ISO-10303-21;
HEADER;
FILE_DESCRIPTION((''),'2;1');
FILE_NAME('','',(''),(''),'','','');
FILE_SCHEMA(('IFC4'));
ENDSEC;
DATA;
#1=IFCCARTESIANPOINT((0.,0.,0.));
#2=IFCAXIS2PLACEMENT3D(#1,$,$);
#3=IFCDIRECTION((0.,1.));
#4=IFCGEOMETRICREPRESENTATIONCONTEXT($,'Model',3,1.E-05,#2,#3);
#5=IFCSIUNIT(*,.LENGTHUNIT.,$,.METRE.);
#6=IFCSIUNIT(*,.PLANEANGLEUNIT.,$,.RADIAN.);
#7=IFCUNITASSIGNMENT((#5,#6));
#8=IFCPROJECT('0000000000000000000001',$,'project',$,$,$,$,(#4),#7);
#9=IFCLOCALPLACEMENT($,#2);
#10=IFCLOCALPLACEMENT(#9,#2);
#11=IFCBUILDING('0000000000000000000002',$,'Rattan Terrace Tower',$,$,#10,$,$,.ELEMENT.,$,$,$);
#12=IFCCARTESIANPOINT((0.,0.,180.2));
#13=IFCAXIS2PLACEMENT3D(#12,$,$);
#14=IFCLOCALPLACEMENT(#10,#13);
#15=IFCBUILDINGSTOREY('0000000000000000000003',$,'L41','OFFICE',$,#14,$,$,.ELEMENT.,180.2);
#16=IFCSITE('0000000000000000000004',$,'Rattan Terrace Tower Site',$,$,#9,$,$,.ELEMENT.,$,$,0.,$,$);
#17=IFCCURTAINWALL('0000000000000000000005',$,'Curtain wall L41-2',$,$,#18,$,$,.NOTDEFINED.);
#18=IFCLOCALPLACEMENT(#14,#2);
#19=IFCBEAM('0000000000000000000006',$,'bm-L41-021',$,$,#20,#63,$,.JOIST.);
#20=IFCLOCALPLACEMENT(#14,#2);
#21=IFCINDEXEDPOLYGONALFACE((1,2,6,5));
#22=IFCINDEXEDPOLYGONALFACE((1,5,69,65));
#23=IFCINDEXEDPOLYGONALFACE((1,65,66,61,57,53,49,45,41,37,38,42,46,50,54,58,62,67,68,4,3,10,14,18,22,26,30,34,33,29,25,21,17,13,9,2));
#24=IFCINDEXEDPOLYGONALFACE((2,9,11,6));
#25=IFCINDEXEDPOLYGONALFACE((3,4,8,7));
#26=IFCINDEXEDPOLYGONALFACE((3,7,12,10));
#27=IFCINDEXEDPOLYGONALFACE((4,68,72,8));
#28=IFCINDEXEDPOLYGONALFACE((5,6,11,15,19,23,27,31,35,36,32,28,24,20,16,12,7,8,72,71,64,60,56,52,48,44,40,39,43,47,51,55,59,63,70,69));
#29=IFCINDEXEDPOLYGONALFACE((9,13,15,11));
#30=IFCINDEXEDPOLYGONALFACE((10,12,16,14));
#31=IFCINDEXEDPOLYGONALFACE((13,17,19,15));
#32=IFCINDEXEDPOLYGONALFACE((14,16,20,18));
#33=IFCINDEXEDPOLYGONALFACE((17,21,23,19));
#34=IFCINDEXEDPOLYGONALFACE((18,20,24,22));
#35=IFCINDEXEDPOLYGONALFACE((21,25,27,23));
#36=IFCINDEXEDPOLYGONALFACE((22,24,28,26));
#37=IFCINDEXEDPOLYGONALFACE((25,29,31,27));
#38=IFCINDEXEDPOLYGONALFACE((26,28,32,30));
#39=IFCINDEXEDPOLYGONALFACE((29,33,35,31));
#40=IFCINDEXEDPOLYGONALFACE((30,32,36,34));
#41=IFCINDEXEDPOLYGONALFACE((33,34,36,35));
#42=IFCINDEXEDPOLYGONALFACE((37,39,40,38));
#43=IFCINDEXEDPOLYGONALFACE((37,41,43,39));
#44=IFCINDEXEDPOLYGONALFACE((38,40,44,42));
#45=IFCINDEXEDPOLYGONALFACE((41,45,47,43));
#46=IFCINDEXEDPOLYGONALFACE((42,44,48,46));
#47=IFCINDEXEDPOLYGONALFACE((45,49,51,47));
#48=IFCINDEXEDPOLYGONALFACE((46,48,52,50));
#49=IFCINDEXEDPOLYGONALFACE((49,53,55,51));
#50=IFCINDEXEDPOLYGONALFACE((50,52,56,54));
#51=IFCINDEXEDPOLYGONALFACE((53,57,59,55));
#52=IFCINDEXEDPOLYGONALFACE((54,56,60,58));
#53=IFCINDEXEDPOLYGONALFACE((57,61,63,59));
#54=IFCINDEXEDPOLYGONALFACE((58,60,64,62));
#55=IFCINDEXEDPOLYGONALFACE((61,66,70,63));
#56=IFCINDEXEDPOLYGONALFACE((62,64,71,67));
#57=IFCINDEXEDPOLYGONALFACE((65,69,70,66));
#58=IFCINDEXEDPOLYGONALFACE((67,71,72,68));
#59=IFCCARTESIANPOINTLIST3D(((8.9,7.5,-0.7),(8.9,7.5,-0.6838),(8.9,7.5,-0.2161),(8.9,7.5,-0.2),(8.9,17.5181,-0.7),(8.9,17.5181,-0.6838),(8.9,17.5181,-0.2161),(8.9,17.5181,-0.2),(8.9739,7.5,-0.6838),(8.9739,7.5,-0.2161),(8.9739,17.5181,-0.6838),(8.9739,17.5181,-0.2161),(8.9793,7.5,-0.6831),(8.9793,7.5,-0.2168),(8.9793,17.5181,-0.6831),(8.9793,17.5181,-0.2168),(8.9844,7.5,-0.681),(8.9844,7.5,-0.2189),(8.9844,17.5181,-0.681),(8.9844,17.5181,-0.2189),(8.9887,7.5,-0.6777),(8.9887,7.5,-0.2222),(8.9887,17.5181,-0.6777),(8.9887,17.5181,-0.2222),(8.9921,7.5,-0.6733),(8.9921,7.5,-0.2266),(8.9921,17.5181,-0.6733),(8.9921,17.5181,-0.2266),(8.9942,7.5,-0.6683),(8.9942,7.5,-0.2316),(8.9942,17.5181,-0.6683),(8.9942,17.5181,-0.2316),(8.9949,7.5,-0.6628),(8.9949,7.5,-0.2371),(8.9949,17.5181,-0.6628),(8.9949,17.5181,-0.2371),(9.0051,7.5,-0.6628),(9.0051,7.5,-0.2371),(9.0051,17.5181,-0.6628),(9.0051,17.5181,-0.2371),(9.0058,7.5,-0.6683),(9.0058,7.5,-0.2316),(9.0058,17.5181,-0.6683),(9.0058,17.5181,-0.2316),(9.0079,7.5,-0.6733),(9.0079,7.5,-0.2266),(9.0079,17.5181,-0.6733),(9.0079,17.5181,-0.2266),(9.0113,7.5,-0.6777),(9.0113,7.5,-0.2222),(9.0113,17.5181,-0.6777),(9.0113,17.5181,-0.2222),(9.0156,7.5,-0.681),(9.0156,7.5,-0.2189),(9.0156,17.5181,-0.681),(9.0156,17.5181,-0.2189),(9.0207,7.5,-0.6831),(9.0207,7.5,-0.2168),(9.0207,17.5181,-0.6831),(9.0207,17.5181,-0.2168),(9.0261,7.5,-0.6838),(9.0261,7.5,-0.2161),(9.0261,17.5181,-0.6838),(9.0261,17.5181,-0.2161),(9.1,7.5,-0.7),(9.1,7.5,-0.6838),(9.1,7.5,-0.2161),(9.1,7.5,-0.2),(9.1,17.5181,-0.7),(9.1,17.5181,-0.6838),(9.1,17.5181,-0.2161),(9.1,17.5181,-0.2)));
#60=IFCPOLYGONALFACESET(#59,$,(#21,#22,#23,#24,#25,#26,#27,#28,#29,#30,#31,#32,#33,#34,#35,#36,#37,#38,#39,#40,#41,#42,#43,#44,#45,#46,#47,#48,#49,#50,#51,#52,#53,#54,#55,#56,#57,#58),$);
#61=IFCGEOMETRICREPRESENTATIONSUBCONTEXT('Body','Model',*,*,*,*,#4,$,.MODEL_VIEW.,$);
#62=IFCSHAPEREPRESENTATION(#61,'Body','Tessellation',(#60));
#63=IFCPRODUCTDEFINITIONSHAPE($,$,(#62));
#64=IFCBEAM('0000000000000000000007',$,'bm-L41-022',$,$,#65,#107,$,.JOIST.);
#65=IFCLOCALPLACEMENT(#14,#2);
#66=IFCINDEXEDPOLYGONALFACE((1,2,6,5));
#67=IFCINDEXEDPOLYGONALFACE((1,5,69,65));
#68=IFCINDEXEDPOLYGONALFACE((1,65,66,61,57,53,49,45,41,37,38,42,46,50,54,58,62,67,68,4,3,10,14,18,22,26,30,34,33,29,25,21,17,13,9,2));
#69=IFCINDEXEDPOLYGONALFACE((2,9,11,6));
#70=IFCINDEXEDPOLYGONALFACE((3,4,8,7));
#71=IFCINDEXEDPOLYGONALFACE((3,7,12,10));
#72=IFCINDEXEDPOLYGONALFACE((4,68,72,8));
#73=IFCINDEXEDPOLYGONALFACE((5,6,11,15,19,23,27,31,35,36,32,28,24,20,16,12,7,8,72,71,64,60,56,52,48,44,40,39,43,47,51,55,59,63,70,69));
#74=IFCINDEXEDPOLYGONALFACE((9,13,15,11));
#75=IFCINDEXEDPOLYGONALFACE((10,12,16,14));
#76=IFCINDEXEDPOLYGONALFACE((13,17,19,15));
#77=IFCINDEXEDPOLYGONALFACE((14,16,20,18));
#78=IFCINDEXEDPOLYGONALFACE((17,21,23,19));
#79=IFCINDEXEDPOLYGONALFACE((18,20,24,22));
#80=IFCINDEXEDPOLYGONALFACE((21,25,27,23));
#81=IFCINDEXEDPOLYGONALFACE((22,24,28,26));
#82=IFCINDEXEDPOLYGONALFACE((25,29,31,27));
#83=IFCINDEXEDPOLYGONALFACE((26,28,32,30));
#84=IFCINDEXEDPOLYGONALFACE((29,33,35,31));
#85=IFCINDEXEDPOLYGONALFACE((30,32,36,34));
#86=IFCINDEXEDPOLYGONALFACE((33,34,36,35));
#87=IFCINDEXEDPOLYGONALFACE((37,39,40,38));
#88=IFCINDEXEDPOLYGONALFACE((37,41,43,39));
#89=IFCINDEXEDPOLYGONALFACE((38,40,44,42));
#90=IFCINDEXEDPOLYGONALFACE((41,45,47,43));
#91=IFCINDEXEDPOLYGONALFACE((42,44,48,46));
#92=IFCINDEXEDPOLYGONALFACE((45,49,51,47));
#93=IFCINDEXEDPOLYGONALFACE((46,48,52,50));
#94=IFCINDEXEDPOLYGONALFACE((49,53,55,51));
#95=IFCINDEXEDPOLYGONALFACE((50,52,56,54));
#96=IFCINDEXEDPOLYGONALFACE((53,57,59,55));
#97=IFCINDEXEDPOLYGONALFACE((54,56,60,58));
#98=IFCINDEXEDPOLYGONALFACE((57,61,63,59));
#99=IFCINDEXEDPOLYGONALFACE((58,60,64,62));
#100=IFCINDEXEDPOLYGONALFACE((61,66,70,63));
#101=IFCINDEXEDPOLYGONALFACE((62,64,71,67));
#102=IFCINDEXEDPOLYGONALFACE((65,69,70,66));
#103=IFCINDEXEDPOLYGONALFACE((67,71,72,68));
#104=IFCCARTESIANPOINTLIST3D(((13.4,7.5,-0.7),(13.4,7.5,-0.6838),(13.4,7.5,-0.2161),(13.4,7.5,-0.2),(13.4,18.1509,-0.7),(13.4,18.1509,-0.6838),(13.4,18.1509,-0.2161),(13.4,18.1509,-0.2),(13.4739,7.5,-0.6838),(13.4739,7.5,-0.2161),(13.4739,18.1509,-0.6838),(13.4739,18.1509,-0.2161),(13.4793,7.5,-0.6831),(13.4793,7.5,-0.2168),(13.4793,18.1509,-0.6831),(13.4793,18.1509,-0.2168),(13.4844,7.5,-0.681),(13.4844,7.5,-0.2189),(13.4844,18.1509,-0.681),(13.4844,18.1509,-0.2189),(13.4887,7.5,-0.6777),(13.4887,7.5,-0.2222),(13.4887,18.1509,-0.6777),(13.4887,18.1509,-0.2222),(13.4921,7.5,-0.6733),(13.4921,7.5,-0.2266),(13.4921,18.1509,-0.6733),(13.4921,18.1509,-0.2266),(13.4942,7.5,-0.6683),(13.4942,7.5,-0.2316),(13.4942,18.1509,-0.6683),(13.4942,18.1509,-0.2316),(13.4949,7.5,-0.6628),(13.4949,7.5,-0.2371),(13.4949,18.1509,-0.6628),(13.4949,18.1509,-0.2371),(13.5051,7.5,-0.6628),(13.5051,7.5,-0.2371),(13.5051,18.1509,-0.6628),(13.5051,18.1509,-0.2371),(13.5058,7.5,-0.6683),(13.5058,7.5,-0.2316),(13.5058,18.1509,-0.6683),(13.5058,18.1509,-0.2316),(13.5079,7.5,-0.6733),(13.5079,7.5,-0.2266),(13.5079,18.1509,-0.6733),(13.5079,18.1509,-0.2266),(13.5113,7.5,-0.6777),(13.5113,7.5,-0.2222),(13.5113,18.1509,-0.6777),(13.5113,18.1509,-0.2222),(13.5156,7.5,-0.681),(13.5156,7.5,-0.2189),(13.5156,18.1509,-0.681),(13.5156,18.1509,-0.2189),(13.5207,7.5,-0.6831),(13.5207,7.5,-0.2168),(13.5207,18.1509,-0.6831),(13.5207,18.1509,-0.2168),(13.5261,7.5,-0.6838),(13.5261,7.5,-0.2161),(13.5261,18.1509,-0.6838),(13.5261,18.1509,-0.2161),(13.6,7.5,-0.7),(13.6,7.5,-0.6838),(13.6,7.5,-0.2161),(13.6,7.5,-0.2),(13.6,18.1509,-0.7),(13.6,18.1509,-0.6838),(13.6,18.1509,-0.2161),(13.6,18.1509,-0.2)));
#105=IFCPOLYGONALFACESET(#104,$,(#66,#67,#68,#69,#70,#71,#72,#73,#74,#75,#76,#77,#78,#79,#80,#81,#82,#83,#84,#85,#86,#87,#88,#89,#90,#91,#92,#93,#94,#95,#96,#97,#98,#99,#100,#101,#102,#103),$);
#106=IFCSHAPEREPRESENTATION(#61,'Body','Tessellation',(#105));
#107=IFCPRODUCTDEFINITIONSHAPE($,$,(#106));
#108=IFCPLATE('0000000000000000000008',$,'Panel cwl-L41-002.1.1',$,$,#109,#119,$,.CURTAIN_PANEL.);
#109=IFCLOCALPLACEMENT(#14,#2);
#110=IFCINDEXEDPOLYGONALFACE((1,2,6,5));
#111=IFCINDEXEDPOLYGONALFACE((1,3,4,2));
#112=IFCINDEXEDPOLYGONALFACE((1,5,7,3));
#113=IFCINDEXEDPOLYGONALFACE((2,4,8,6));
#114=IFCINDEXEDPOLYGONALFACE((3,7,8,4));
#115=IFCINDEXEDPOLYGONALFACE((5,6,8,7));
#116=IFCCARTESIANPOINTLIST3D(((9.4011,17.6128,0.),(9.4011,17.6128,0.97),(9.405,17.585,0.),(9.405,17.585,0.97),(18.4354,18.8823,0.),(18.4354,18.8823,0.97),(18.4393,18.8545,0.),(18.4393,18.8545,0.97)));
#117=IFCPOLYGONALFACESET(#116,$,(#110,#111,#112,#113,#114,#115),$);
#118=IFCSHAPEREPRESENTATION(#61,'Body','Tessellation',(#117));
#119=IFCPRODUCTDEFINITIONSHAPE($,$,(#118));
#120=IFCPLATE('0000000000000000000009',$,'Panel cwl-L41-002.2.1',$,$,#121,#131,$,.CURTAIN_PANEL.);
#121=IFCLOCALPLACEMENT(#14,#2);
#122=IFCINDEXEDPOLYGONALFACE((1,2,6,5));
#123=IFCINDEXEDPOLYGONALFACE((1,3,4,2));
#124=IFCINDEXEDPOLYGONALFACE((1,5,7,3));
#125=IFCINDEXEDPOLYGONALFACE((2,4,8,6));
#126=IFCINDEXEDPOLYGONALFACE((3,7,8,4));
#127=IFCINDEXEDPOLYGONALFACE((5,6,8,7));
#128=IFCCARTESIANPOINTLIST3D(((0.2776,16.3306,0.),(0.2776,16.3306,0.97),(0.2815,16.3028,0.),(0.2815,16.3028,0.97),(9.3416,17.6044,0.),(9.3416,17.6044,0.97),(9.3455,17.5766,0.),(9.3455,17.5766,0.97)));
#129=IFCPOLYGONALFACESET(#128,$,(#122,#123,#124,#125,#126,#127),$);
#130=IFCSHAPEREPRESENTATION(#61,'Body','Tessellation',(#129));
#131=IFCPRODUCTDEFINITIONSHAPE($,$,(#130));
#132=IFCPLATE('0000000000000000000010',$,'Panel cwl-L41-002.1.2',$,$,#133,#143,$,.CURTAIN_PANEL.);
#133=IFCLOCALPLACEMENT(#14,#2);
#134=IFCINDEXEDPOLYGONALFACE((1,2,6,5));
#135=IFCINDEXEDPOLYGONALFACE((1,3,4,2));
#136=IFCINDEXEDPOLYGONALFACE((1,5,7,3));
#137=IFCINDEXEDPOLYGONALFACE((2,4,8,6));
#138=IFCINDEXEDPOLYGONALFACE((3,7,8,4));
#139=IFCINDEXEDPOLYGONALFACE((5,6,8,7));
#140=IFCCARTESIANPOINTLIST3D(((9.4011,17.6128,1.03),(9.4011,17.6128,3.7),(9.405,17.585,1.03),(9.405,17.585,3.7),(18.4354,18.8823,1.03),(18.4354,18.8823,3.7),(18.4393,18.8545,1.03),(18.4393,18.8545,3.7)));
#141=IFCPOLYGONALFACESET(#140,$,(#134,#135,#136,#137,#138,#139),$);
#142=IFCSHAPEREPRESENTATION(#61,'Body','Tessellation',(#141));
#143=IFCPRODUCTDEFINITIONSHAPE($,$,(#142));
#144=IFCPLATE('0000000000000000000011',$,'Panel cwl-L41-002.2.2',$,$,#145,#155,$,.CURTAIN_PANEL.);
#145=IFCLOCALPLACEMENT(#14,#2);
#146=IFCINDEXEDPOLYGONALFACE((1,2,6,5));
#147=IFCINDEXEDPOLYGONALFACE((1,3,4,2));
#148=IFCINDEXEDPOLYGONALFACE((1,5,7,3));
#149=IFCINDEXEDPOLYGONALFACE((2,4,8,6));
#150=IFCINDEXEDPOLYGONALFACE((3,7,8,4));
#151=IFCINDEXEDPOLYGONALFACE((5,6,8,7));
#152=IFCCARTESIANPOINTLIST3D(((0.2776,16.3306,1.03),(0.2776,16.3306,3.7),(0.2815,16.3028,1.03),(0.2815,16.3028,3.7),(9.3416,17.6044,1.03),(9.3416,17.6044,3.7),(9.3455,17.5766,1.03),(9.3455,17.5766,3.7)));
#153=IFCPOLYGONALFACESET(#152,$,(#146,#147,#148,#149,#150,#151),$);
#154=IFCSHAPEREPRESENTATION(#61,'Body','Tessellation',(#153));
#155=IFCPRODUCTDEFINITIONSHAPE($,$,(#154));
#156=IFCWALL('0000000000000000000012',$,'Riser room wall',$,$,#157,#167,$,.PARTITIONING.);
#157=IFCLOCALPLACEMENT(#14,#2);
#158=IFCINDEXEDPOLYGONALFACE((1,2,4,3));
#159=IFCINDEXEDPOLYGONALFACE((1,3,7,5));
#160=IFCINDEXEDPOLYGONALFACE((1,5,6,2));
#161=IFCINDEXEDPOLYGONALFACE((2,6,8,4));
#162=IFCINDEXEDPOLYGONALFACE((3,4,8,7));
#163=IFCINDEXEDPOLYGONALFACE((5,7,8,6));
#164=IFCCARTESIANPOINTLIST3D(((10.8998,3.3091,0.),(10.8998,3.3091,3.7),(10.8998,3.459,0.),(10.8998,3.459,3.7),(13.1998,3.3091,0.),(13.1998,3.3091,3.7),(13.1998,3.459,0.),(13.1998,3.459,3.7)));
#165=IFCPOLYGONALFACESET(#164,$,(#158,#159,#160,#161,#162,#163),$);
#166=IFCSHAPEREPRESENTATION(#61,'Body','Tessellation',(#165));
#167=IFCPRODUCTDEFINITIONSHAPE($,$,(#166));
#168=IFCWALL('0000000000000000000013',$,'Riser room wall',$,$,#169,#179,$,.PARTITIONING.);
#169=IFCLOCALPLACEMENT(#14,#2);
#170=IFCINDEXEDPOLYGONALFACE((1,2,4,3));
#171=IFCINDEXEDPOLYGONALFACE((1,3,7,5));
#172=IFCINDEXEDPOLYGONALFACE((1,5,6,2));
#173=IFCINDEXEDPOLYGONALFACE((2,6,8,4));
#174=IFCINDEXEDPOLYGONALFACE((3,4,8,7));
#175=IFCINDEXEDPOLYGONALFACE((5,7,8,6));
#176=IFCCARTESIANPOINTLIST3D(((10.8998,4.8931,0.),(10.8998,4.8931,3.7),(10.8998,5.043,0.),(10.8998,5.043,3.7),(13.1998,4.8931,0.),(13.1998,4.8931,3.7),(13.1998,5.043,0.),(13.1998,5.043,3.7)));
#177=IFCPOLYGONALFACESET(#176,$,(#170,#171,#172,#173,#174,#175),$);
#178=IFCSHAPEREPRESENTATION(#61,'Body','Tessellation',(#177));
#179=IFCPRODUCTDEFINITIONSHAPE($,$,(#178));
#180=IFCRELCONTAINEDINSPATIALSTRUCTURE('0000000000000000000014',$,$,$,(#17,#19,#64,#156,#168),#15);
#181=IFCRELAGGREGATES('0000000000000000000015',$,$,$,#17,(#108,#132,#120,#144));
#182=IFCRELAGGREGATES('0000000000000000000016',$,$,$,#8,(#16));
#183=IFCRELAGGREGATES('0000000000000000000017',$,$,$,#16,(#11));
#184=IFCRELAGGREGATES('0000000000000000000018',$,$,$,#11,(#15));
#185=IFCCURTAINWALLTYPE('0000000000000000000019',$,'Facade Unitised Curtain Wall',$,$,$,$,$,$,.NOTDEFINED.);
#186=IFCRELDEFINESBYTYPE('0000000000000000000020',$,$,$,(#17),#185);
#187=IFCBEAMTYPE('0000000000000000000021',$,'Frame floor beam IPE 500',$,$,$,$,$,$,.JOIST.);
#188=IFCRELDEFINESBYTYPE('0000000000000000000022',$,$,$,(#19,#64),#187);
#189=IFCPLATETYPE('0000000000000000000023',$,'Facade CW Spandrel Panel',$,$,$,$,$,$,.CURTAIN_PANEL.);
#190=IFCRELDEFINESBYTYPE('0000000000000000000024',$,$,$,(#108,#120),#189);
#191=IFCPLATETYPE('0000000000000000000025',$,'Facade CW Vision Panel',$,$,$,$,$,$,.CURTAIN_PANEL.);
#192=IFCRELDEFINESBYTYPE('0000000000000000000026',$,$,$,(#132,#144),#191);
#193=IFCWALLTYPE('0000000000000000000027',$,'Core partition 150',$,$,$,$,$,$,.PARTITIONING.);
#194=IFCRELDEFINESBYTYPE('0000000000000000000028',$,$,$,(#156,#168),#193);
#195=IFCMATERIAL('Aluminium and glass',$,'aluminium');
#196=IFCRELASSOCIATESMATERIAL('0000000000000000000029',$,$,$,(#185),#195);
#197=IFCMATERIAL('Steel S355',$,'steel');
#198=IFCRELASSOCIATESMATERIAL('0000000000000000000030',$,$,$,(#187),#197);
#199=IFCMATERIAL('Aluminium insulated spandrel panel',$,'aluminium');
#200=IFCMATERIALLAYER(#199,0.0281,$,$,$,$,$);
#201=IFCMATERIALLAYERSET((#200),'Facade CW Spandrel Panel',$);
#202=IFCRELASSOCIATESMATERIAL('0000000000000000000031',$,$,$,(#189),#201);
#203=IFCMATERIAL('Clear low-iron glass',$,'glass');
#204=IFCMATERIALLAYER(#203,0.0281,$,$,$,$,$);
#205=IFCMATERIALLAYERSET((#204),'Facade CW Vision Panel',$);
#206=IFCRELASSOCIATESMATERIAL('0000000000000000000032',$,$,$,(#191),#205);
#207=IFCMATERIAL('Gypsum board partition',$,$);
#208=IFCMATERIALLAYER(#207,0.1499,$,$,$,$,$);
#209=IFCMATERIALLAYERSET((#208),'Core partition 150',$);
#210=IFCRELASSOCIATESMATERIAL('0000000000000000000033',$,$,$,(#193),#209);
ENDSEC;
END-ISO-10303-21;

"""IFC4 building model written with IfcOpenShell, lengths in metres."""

from ifc_helpers import new_model, si_unit, direction, frame, frame_2d, origin, origin_2d, place, context, subcontext, project, spatial, rectangle, i_section, extrude, material, layer, layer_set, material_profile, profile_set, type_object, element, aggregate, save


model = new_model("IFC4")

# Units and contexts
model_context = context("Model", 3, precision=1e-05, world=origin(), true_north=direction((0.0, 1.0)))
body_context = subcontext(model_context, "Body", "Model", "MODEL_VIEW")
ifc_project = project(units=[si_unit("LENGTHUNIT", "METRE"), si_unit("PLANEANGLEUNIT", "RADIAN")], contexts=[model_context])

# Site, building, storey
site_placement = place(None, origin())
site = spatial("IfcSite", under=ifc_project, at=site_placement, Name="Rattan Terrace Tower Site", CompositionType="ELEMENT", RefElevation=0.0)
building_placement = place(site_placement, origin())
building = spatial("IfcBuilding", under=site, at=building_placement, Name="Rattan Terrace Tower", CompositionType="ELEMENT")
storey_placement = place(building_placement, frame((0.0, 0.0, 180.2)))
storey = spatial("IfcBuildingStorey", under=building, at=storey_placement, Name="L41", Description="OFFICE", CompositionType="ELEMENT", Elevation=180.2)

# Curtain wall
ifc_material_1 = material(Name="Aluminium and glass", Category="aluminium")
curtain_wall_type = type_object("IfcCurtainWallType", Name="Facade Unitised Curtain Wall", PredefinedType="NOTDEFINED", material=ifc_material_1)
curtain_wall_placement = place(storey_placement, origin())
curtain_wall = element("IfcCurtainWall", 1, at=curtain_wall_placement, inside=storey, type_object=curtain_wall_type, Name="Curtain wall L41-2", PredefinedType="NOTDEFINED")

# Beams
ifc_material_2 = material(Name="Steel S355", Category="steel")
ifc_material_profile_1 = material_profile(ifc_material_2, i_section(OverallWidth=0.2, OverallDepth=0.5, WebThickness=0.0103, FlangeThickness=0.0161, FilletRadius=0.021, at=origin_2d()), Name="IPE 500")
ifc_profile_set_1 = profile_set([ifc_material_profile_1], Name="Steel S355")
beam_type_1 = type_object("IfcBeamType", Name="Frame floor beam IPE 500", PredefinedType="JOIST", material=ifc_profile_set_1)
beam_1_placement = place(storey_placement, frame((9.0, 7.5, -0.45), z_axis=(0.0, 1.0, 0.0), x_axis=(-1.0, 0.0, 0.0)))
element("IfcBeam", 2, at=beam_1_placement, inside=storey, type_object=beam_type_1, Name="bm-L41-021", PredefinedType="JOIST", context=body_context, shape_type="SweptSolid", body=[
    extrude(i_section(OverallWidth=0.2, OverallDepth=0.5, WebThickness=0.0103, FlangeThickness=0.0161, FilletRadius=0.021, at=origin_2d()), origin(), (0.0, 0.0, 1.0), 10.0181),
])
beam_2_placement = place(storey_placement, frame((13.5, 7.5, -0.45), z_axis=(0.0, 1.0, 0.0), x_axis=(-1.0, 0.0, 0.0)))
element("IfcBeam", 3, at=beam_2_placement, inside=storey, type_object=beam_type_1, Name="bm-L41-022", PredefinedType="JOIST", context=body_context, shape_type="SweptSolid", body=[
    extrude(i_section(OverallWidth=0.2, OverallDepth=0.5, WebThickness=0.0103, FlangeThickness=0.0161, FilletRadius=0.021, at=origin_2d()), origin(), (0.0, 0.0, 1.0), 10.6509),
])

# Plates
ifc_material_3 = material(Name="Aluminium insulated spandrel panel", Category="aluminium")
ifc_layer_1 = layer(ifc_material_3, 0.0281)
ifc_layer_set_1 = layer_set([ifc_layer_1], Name="Facade CW Spandrel Panel")
plate_type_1 = type_object("IfcPlateType", Name="Facade CW Spandrel Panel", PredefinedType="CURTAIN_PANEL", material=ifc_layer_set_1)
plate_1_placement = place(storey_placement, frame((13.9202, 18.2336, 0.0), z_axis=(0.0, 0.0, 1.0), x_axis=(-0.99027, -0.139161, 0.0)))
plate_1 = element("IfcPlate", 4, at=plate_1_placement, type_object=plate_type_1, Name="Panel cwl-L41-002.1.1", PredefinedType="CURTAIN_PANEL", context=body_context, shape_type="SweptSolid", body=[
    extrude(rectangle(XDim=9.123, YDim=0.0281, at=origin_2d()), origin(), (0.0, 0.0, 1.0), 0.97),
])
plate_2_placement = place(storey_placement, frame((4.8115, 16.9536, 0.0), z_axis=(0.0, 0.0, 1.0), x_axis=(-0.99027, -0.139161, 0.0)))
plate_2 = element("IfcPlate", 5, at=plate_2_placement, type_object=plate_type_1, Name="Panel cwl-L41-002.2.1", PredefinedType="CURTAIN_PANEL", context=body_context, shape_type="SweptSolid", body=[
    extrude(rectangle(XDim=9.1531, YDim=0.0281, at=origin_2d()), origin(), (0.0, 0.0, 1.0), 0.97),
])
ifc_material_4 = material(Name="Clear low-iron glass", Category="glass")
ifc_layer_2 = layer(ifc_material_4, 0.0281)
ifc_layer_set_2 = layer_set([ifc_layer_2], Name="Facade CW Vision Panel")
plate_type_2 = type_object("IfcPlateType", Name="Facade CW Vision Panel", PredefinedType="CURTAIN_PANEL", material=ifc_layer_set_2)
plate_3_placement = place(storey_placement, frame((13.9202, 18.2336, 1.03), z_axis=(0.0, 0.0, 1.0), x_axis=(-0.99027, -0.139161, 0.0)))
plate_3 = element("IfcPlate", 6, at=plate_3_placement, type_object=plate_type_2, Name="Panel cwl-L41-002.1.2", PredefinedType="CURTAIN_PANEL", context=body_context, shape_type="SweptSolid", body=[
    extrude(rectangle(XDim=9.123, YDim=0.0281, at=origin_2d()), origin(), (0.0, 0.0, 1.0), 2.6699),
])
plate_4_placement = place(storey_placement, frame((4.8115, 16.9536, 1.03), z_axis=(0.0, 0.0, 1.0), x_axis=(-0.99027, -0.139161, 0.0)))
plate_4 = element("IfcPlate", 7, at=plate_4_placement, type_object=plate_type_2, Name="Panel cwl-L41-002.2.2", PredefinedType="CURTAIN_PANEL", context=body_context, shape_type="SweptSolid", body=[
    extrude(rectangle(XDim=9.1531, YDim=0.0281, at=origin_2d()), origin(), (0.0, 0.0, 1.0), 2.6699),
])
aggregate(curtain_wall, [plate_1, plate_3, plate_2, plate_4])

# Walls
ifc_material_5 = material(Name="Gypsum board partition")
ifc_layer_3 = layer(ifc_material_5, 0.1499)
ifc_layer_set_3 = layer_set([ifc_layer_3], Name="Core partition 150")
wall_type_1 = type_object("IfcWallType", Name="Core partition 150", PredefinedType="PARTITIONING", material=ifc_layer_set_3)
for number, where, z_axis, x_axis, name in (
    (8, (10.8999, 3.384, 0.0), (0.0, 0.0, 1.0), (1.0, 0.0, 0.0), "Riser room wall"),
    (9, (10.8999, 4.968, 0.0), (0.0, 0.0, 1.0), (1.0, 0.0, 0.0), "Riser room wall"),
):
    element("IfcWall", number, at=place(storey_placement, frame(where, z_axis=z_axis, x_axis=x_axis)), inside=storey, type_object=wall_type_1, Name=name, PredefinedType="PARTITIONING", context=body_context, shape_type="SweptSolid", body=[
        extrude(rectangle(XDim=2.3, YDim=0.1499, at=frame_2d((1.1499, 0.0))), origin(), (0.0, 0.0, 1.0), 3.7),
    ])

save(model, "model.ifc")
